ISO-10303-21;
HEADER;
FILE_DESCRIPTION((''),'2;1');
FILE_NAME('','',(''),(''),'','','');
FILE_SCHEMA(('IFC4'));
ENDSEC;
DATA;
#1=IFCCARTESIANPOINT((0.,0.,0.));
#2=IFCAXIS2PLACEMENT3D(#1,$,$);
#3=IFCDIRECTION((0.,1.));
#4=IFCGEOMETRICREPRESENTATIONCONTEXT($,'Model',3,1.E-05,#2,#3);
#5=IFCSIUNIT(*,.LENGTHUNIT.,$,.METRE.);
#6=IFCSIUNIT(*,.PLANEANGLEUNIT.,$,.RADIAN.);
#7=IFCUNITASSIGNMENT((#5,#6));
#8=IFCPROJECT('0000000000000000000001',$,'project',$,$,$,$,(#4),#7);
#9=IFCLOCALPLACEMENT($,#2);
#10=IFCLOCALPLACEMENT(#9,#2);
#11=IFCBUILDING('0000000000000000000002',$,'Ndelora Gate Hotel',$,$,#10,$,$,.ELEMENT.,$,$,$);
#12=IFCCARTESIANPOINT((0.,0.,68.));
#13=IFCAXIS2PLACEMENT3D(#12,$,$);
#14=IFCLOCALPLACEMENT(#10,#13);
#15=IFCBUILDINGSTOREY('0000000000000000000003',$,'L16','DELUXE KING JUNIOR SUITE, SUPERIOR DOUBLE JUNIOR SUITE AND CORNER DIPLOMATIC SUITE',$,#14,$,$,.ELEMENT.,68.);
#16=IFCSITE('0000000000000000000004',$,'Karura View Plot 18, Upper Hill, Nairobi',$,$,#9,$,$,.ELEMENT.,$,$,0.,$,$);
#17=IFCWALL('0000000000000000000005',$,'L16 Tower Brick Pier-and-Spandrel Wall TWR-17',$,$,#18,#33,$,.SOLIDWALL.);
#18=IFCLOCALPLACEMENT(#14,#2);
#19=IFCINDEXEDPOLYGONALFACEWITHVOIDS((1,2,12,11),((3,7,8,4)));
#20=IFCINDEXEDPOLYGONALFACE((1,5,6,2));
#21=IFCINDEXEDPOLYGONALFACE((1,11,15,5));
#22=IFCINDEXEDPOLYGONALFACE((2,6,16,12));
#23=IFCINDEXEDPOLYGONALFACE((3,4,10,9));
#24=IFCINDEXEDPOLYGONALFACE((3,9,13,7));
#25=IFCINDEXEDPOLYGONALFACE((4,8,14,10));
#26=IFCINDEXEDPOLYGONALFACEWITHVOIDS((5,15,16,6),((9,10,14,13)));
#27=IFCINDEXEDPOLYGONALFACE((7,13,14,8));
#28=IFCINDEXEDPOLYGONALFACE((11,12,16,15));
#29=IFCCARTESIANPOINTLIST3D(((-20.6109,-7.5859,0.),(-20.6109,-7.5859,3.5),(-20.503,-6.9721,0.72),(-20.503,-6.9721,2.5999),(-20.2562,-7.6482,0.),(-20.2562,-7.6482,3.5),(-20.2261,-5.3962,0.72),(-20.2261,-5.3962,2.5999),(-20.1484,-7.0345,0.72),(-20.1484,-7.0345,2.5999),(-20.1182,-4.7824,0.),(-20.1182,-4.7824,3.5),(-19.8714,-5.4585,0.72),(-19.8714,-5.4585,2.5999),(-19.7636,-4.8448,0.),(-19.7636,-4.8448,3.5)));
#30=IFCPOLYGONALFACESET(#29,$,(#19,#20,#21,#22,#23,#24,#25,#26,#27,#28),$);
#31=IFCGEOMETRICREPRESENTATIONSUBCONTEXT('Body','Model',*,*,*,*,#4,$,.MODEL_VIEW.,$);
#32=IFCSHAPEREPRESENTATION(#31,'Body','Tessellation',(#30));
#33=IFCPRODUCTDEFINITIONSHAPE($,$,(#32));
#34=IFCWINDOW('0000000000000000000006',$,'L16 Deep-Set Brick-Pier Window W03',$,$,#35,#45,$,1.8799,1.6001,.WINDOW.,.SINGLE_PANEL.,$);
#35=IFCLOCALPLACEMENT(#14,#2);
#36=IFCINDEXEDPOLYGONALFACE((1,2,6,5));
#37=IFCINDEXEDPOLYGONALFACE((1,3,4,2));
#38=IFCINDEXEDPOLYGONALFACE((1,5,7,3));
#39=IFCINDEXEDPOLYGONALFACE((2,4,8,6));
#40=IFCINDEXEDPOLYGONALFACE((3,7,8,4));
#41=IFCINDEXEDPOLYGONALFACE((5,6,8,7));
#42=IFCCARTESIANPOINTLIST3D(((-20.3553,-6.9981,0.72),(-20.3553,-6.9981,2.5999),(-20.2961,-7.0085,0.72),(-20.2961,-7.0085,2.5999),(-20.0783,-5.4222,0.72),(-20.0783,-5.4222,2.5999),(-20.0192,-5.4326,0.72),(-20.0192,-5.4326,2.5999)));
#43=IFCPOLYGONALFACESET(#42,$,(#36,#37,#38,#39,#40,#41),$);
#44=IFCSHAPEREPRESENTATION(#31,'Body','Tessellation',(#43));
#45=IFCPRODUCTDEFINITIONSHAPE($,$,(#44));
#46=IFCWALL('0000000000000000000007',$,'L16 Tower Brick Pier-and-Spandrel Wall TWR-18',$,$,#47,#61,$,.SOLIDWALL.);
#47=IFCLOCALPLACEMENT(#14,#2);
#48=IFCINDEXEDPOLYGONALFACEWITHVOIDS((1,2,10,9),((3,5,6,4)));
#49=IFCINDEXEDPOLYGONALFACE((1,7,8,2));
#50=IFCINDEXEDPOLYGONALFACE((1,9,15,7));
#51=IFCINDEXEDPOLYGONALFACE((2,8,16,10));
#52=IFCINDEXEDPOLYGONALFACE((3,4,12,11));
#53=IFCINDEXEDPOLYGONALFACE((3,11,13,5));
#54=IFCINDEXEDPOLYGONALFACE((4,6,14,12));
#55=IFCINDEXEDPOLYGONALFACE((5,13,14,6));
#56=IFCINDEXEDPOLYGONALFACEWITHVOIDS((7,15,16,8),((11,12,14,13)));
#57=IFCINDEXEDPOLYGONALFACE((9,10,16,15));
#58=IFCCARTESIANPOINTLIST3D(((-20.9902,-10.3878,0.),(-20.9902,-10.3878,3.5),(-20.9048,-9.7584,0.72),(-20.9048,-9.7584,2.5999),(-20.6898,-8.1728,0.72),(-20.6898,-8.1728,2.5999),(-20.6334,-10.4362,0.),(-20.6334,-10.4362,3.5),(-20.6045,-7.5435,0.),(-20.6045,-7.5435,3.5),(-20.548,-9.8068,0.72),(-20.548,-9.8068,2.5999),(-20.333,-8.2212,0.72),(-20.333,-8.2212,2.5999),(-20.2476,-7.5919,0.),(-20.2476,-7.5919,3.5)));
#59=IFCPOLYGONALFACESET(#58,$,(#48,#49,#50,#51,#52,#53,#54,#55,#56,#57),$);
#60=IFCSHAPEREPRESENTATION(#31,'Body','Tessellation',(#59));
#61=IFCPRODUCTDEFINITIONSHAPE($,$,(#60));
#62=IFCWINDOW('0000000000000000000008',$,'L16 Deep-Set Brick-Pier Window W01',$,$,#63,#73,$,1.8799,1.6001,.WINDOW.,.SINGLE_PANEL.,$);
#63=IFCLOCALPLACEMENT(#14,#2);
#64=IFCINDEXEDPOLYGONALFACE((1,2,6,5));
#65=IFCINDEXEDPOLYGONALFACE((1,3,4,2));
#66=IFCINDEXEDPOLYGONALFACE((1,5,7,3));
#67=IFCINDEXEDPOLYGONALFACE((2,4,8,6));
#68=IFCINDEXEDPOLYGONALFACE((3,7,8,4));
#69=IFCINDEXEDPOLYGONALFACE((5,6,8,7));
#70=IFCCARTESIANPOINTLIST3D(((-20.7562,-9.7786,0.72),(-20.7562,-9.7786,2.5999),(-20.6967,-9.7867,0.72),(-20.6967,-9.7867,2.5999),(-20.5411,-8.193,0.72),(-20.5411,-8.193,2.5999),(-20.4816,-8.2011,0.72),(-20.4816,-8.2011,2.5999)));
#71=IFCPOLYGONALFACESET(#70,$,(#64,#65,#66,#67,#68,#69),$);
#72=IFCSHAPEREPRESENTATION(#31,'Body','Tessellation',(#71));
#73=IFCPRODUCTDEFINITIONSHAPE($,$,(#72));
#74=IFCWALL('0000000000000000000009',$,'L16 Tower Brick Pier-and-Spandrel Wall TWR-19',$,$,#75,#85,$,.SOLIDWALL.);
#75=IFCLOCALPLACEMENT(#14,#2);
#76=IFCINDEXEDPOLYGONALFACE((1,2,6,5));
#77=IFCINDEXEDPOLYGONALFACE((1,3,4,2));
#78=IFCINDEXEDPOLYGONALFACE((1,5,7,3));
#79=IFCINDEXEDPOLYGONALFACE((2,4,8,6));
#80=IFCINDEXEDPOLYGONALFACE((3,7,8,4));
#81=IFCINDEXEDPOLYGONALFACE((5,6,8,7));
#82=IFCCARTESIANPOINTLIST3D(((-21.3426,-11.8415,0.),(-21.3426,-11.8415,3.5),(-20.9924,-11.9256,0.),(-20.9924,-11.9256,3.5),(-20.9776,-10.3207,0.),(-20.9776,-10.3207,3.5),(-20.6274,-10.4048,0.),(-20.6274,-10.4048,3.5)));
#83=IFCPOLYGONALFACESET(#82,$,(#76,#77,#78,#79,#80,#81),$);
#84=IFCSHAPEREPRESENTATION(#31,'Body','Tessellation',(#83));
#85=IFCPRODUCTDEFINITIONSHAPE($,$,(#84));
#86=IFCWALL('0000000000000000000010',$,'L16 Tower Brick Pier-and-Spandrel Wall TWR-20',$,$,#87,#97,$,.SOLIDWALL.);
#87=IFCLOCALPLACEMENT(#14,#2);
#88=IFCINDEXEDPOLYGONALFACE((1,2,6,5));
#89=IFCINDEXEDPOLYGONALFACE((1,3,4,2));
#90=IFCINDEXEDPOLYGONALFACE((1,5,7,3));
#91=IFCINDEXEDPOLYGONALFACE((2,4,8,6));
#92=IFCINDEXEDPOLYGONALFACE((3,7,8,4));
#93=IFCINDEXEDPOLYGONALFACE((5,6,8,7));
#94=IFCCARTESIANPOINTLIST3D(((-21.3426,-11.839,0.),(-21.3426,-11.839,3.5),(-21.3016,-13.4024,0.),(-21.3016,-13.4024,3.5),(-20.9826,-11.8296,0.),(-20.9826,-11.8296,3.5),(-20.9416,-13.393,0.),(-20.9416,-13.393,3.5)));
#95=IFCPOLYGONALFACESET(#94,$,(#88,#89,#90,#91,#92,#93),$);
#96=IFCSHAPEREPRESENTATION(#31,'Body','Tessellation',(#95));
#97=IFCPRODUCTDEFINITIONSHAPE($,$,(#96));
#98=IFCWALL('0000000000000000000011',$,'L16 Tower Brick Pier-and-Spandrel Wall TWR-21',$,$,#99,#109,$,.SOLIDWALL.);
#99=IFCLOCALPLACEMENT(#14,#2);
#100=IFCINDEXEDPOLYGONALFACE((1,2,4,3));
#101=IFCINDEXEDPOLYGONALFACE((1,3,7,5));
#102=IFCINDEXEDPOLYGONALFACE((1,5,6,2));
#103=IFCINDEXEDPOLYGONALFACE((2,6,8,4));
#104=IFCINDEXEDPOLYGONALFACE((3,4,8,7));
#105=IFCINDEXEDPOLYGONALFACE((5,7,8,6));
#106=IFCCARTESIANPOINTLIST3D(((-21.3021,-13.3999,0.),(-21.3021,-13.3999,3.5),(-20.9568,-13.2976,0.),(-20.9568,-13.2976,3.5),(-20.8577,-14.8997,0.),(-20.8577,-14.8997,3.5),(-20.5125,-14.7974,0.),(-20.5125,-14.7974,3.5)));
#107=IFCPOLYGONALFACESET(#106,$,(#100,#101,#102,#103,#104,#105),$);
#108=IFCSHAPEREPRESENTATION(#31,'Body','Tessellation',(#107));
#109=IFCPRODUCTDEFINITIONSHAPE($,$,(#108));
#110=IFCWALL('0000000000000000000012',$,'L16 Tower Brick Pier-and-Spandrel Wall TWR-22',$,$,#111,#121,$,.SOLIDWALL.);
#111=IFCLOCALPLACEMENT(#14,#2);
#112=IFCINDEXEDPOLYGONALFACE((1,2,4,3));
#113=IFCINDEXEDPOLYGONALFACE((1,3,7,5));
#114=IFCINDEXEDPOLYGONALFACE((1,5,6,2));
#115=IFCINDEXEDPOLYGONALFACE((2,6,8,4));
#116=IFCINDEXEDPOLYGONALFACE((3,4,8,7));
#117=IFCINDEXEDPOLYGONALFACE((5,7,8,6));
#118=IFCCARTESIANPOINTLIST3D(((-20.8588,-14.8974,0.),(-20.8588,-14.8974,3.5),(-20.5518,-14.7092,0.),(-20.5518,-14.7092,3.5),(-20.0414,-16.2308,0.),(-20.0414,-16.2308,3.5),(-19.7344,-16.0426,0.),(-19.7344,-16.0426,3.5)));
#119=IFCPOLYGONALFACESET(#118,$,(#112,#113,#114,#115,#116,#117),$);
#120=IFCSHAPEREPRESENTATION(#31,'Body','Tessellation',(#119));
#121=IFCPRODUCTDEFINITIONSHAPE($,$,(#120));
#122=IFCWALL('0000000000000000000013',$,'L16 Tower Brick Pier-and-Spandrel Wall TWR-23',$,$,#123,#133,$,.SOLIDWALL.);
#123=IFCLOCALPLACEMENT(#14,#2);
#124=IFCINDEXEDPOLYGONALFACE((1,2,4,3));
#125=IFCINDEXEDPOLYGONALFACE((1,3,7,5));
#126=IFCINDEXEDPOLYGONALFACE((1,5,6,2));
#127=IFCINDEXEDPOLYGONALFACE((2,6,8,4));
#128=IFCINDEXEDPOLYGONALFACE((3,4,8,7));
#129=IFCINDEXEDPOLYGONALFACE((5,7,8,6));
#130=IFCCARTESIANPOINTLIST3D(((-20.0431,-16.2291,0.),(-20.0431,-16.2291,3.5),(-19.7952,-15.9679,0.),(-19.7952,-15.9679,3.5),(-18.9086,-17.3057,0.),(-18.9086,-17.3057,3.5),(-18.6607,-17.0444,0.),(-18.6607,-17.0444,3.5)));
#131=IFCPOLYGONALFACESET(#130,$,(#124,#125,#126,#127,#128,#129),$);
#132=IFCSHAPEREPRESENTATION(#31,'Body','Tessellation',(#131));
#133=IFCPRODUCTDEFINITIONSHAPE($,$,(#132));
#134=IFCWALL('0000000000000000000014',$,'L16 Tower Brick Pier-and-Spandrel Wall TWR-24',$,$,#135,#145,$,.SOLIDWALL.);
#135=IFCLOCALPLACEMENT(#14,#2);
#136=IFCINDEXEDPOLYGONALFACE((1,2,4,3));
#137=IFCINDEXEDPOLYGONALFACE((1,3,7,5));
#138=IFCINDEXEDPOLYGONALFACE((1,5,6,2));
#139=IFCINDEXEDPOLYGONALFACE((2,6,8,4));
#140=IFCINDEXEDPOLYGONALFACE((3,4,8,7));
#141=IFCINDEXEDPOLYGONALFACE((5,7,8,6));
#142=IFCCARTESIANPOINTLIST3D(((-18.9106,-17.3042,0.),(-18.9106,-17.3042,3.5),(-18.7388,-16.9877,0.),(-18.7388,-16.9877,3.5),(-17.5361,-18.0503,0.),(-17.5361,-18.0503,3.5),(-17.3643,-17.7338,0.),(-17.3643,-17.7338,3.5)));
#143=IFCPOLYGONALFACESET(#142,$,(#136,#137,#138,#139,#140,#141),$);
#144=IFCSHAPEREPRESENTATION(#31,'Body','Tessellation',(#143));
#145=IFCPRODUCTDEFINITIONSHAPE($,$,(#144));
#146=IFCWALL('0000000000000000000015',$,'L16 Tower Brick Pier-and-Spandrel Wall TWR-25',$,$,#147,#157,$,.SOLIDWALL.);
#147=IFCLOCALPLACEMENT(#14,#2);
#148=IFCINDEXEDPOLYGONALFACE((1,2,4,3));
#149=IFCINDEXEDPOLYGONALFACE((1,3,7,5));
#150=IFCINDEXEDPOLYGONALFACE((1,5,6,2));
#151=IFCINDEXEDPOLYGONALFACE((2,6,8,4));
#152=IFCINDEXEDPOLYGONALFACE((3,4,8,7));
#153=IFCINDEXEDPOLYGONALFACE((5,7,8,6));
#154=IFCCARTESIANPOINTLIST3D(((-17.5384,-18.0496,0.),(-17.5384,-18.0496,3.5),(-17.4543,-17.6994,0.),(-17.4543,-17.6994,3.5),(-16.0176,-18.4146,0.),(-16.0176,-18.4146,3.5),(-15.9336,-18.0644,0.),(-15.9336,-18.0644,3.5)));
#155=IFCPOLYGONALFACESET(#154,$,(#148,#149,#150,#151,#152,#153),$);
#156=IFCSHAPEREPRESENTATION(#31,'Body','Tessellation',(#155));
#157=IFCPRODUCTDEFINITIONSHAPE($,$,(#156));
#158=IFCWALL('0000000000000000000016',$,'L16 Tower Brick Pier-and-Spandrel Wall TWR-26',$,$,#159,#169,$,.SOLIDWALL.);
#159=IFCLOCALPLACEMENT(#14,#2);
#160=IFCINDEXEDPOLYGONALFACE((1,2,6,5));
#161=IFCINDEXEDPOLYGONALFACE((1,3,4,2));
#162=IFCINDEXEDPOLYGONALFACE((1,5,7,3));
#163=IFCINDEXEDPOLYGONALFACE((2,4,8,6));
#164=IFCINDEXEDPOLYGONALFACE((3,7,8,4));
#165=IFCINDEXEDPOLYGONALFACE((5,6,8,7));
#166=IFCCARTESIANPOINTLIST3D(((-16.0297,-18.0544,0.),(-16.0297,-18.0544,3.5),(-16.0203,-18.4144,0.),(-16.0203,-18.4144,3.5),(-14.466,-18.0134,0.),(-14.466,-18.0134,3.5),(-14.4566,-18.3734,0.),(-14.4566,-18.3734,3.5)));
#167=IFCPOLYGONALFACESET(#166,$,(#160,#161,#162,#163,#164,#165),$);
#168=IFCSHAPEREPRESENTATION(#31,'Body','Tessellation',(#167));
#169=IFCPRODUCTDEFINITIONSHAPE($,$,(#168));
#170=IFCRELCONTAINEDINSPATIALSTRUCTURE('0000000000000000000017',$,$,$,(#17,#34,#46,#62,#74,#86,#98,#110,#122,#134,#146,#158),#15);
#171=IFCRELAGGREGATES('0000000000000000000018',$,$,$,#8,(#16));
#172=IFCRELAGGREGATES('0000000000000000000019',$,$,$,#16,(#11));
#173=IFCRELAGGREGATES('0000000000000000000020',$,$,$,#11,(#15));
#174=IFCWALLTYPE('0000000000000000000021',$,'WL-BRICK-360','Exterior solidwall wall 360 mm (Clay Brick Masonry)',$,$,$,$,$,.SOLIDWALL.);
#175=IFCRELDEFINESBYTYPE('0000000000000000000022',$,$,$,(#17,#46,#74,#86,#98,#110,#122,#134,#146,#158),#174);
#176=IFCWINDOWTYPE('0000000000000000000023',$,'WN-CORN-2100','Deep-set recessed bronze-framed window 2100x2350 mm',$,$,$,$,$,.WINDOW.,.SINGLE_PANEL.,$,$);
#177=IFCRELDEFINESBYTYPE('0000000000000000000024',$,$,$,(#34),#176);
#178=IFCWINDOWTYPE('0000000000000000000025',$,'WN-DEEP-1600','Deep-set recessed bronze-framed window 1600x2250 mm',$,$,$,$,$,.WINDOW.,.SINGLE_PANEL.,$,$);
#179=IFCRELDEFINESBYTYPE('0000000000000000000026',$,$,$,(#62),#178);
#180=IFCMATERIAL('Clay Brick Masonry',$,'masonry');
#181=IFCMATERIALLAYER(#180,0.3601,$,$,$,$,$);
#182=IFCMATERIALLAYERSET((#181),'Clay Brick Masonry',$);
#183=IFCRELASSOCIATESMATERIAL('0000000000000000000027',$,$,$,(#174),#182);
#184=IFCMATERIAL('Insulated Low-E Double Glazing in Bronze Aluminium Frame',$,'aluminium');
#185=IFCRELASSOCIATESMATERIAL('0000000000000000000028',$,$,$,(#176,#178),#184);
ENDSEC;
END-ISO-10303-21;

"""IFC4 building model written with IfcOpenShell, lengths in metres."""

from ifc_helpers import new_model, si_unit, direction, frame, frame_2d, origin, place, context, subcontext, project, spatial, rectangle, extrude, material, layer, layer_set, type_object, element, fill, save


model = new_model("IFC4")

# Units and contexts
model_context = context("Model", 3, precision=1e-05, world=origin(), true_north=direction((0.0, 1.0)))
body_context = subcontext(model_context, "Body", "Model", "MODEL_VIEW")
ifc_project = project(units=[si_unit("LENGTHUNIT", "METRE"), si_unit("PLANEANGLEUNIT", "RADIAN")], contexts=[model_context])

# Site, building, storey
site_placement = place(None, origin())
site = spatial("IfcSite", under=ifc_project, at=site_placement, Name="Karura View Plot 18, Upper Hill, Nairobi", CompositionType="ELEMENT", RefElevation=0.0)
building_placement = place(site_placement, origin())
building = spatial("IfcBuilding", under=site, at=building_placement, Name="Ndelora Gate Hotel", CompositionType="ELEMENT")
storey_placement = place(building_placement, frame((0.0, 0.0, 68.0)))
storey = spatial("IfcBuildingStorey", under=building, at=storey_placement, Name="L16", Description="DELUXE KING JUNIOR SUITE, SUPERIOR DOUBLE JUNIOR SUITE AND CORNER DIPLOMATIC SUITE", CompositionType="ELEMENT", Elevation=68.0)

# Walls, openings, windows
ifc_material_1 = material(Name="Clay Brick Masonry", Category="masonry")
ifc_layer_1 = layer(ifc_material_1, 0.3601)
ifc_layer_set_1 = layer_set([ifc_layer_1], Name="Clay Brick Masonry")
wall_type = type_object("IfcWallType", Name="WL-BRICK-360", Description="Exterior solidwall wall 360 mm (Clay Brick Masonry)", PredefinedType="SOLIDWALL", material=ifc_layer_set_1)
wall_1_placement = place(storey_placement, frame((-20.4336, -7.6172, 0.0), z_axis=(0.0, 0.0, 1.0), x_axis=(0.173086, 0.984907, 0.0)))
wall_1 = element("IfcWall", 1, at=wall_1_placement, inside=storey, type_object=wall_type, Name="L16 Tower Brick Pier-and-Spandrel Wall TWR-17", PredefinedType="SOLIDWALL", context=body_context, shape_type="SweptSolid", body=[
    extrude(rectangle(XDim=2.8464, YDim=0.3601, at=frame_2d((1.4233, 0.0))), origin(), (0.0, 0.0, 1.0), 3.5),
])
opening_1_placement = place(wall_1_placement, frame((0.6233, 0.0, 0.72)))
opening_1 = element("IfcOpeningElement", 2, at=opening_1_placement, cuts=wall_1, PredefinedType="OPENING", context=body_context, shape_type="SweptSolid", body=[
    extrude(rectangle(XDim=1.6001, YDim=1.8799, at=frame_2d((0.8, 0.9399))), frame((0.0, 0.1899, 0.0), z_axis=(0.0, -1.0, 0.0), x_axis=(1.0, 0.0, 0.0)), (0.0, 0.0, 1.0), 0.3801),
])
ifc_material_2 = material(Name="Insulated Low-E Double Glazing in Bronze Aluminium Frame", Category="aluminium")
window_type_1 = type_object("IfcWindowType", Name="WN-CORN-2100", Description="Deep-set recessed bronze-framed window 2100x2350 mm", PartitioningType="SINGLE_PANEL", PredefinedType="WINDOW", material=ifc_material_2)
window_1_placement = place(opening_1_placement, origin())
window_1 = element("IfcWindow", 3, at=window_1_placement, inside=storey, type_object=window_type_1, Name="L16 Deep-Set Brick-Pier Window W03", OverallHeight=1.8799, OverallWidth=1.6001, PartitioningType="SINGLE_PANEL", PredefinedType="WINDOW", context=body_context, shape_type="SweptSolid", body=[
    extrude(rectangle(XDim=1.6001, YDim=1.8799, at=frame_2d((0.8, 0.9399))), frame((0.0, 0.03, 0.0), z_axis=(0.0, -1.0, 0.0), x_axis=(1.0, 0.0, 0.0)), (0.0, 0.0, 1.0), 0.0601),
])
fill(opening_1, window_1)
wall_2_placement = place(storey_placement, frame((-20.8118, -10.4119, 0.0), z_axis=(0.0, 0.0, 1.0), x_axis=(0.134392, 0.990928, 0.0)))
wall_2 = element("IfcWall", 4, at=wall_2_placement, inside=storey, type_object=wall_type, Name="L16 Tower Brick Pier-and-Spandrel Wall TWR-18", PredefinedType="SOLIDWALL", context=body_context, shape_type="SweptSolid", body=[
    extrude(rectangle(XDim=2.8704, YDim=0.3601, at=frame_2d((1.4351, 0.0))), origin(), (0.0, 0.0, 1.0), 3.5),
])
opening_2_placement = place(wall_2_placement, frame((0.635, 0.0, 0.72)))
opening_2 = element("IfcOpeningElement", 5, at=opening_2_placement, cuts=wall_2, PredefinedType="OPENING", context=body_context, shape_type="SweptSolid", body=[
    extrude(rectangle(XDim=1.6001, YDim=1.8799, at=frame_2d((0.8, 0.9399))), frame((0.0, 0.1899, 0.0), z_axis=(0.0, -1.0, 0.0), x_axis=(1.0, 0.0, 0.0)), (0.0, 0.0, 1.0), 0.3801),
])
window_type_2 = type_object("IfcWindowType", Name="WN-DEEP-1600", Description="Deep-set recessed bronze-framed window 1600x2250 mm", PartitioningType="SINGLE_PANEL", PredefinedType="WINDOW", material=ifc_material_2)
window_2_placement = place(opening_2_placement, origin())
window_2 = element("IfcWindow", 6, at=window_2_placement, inside=storey, type_object=window_type_2, Name="L16 Deep-Set Brick-Pier Window W01", OverallHeight=1.8799, OverallWidth=1.6001, PartitioningType="SINGLE_PANEL", PredefinedType="WINDOW", context=body_context, shape_type="SweptSolid", body=[
    extrude(rectangle(XDim=1.6001, YDim=1.8799, at=frame_2d((0.8, 0.9399))), frame((0.0, 0.03, 0.0), z_axis=(0.0, -1.0, 0.0), x_axis=(1.0, 0.0, 0.0)), (0.0, 0.0, 1.0), 0.0601),
])
fill(opening_2, window_2)

# Walls
for number, where, z_axis, x_axis, name in (
    (7, (-21.1675, -11.8835, 0.0), (0.0, 0.0, 1.0), (0.233379, 0.972386, 0.0), "L16 Tower Brick Pier-and-Spandrel Wall TWR-19"),
    (8, (-21.1216, -13.3977, 0.0), (0.0, 0.0, 1.0), (-0.026225, 0.999656, 0.0), "L16 Tower Brick Pier-and-Spandrel Wall TWR-20"),
):
    element("IfcWall", number, at=place(storey_placement, frame(where, z_axis=z_axis, x_axis=x_axis)), inside=storey, type_object=wall_type, Name=name, PredefinedType="SOLIDWALL", context=body_context, shape_type="SweptSolid", body=[
        extrude(rectangle(XDim=1.564, YDim=0.3601, at=frame_2d((0.782, 0.0))), origin(), (0.0, 0.0, 1.0), 3.5),
    ])
wall_3_placement = place(storey_placement, frame((-20.6851, -14.8486, 0.0), z_axis=(0.0, 0.0, 1.0), x_axis=(-0.284067, 0.958804, 0.0)))
element("IfcWall", 9, at=wall_3_placement, inside=storey, type_object=wall_type, Name="L16 Tower Brick Pier-and-Spandrel Wall TWR-21", PredefinedType="SOLIDWALL", context=body_context, shape_type="SweptSolid", body=[
    extrude(rectangle(XDim=1.5642, YDim=0.3601, at=frame_2d((0.7822, 0.0))), origin(), (0.0, 0.0, 1.0), 3.5),
])
for number, where, z_axis, x_axis, name in (
    (10, (-19.8879, -16.1367, 0.0), (0.0, 0.0, 1.0), (-0.522599, 0.852579, 0.0), "L16 Tower Brick Pier-and-Spandrel Wall TWR-22"),
    (11, (-18.7847, -17.175, 0.0), (0.0, 0.0, 1.0), (-0.725362, 0.688368, 0.0), "L16 Tower Brick Pier-and-Spandrel Wall TWR-23"),
    (12, (-17.4502, -17.8921, 0.0), (0.0, 0.0, 1.0), (-0.878872, 0.477057, 0.0), "L16 Tower Brick Pier-and-Spandrel Wall TWR-24"),
    (13, (-15.9756, -18.2395, 0.0), (0.0, 0.0, 1.0), (-0.972386, 0.233379, 0.0), "L16 Tower Brick Pier-and-Spandrel Wall TWR-25"),
):
    element("IfcWall", number, at=place(storey_placement, frame(where, z_axis=z_axis, x_axis=x_axis)), inside=storey, type_object=wall_type, Name=name, PredefinedType="SOLIDWALL", context=body_context, shape_type="SweptSolid", body=[
        extrude(rectangle(XDim=1.564, YDim=0.3601, at=frame_2d((0.782, 0.0))), origin(), (0.0, 0.0, 1.0), 3.5),
    ])
wall_4_placement = place(storey_placement, frame((-14.4612, -18.1934, 0.0), z_axis=(0.0, 0.0, 1.0), x_axis=(-0.999656, -0.02622, 0.0)))
element("IfcWall", 14, at=wall_4_placement, inside=storey, type_object=wall_type, Name="L16 Tower Brick Pier-and-Spandrel Wall TWR-26", PredefinedType="SOLIDWALL", context=body_context, shape_type="SweptSolid", body=[
    extrude(rectangle(XDim=1.5642, YDim=0.3601, at=frame_2d((0.7822, 0.0))), origin(), (0.0, 0.0, 1.0), 3.5),
])

save(model, "model.ifc")
